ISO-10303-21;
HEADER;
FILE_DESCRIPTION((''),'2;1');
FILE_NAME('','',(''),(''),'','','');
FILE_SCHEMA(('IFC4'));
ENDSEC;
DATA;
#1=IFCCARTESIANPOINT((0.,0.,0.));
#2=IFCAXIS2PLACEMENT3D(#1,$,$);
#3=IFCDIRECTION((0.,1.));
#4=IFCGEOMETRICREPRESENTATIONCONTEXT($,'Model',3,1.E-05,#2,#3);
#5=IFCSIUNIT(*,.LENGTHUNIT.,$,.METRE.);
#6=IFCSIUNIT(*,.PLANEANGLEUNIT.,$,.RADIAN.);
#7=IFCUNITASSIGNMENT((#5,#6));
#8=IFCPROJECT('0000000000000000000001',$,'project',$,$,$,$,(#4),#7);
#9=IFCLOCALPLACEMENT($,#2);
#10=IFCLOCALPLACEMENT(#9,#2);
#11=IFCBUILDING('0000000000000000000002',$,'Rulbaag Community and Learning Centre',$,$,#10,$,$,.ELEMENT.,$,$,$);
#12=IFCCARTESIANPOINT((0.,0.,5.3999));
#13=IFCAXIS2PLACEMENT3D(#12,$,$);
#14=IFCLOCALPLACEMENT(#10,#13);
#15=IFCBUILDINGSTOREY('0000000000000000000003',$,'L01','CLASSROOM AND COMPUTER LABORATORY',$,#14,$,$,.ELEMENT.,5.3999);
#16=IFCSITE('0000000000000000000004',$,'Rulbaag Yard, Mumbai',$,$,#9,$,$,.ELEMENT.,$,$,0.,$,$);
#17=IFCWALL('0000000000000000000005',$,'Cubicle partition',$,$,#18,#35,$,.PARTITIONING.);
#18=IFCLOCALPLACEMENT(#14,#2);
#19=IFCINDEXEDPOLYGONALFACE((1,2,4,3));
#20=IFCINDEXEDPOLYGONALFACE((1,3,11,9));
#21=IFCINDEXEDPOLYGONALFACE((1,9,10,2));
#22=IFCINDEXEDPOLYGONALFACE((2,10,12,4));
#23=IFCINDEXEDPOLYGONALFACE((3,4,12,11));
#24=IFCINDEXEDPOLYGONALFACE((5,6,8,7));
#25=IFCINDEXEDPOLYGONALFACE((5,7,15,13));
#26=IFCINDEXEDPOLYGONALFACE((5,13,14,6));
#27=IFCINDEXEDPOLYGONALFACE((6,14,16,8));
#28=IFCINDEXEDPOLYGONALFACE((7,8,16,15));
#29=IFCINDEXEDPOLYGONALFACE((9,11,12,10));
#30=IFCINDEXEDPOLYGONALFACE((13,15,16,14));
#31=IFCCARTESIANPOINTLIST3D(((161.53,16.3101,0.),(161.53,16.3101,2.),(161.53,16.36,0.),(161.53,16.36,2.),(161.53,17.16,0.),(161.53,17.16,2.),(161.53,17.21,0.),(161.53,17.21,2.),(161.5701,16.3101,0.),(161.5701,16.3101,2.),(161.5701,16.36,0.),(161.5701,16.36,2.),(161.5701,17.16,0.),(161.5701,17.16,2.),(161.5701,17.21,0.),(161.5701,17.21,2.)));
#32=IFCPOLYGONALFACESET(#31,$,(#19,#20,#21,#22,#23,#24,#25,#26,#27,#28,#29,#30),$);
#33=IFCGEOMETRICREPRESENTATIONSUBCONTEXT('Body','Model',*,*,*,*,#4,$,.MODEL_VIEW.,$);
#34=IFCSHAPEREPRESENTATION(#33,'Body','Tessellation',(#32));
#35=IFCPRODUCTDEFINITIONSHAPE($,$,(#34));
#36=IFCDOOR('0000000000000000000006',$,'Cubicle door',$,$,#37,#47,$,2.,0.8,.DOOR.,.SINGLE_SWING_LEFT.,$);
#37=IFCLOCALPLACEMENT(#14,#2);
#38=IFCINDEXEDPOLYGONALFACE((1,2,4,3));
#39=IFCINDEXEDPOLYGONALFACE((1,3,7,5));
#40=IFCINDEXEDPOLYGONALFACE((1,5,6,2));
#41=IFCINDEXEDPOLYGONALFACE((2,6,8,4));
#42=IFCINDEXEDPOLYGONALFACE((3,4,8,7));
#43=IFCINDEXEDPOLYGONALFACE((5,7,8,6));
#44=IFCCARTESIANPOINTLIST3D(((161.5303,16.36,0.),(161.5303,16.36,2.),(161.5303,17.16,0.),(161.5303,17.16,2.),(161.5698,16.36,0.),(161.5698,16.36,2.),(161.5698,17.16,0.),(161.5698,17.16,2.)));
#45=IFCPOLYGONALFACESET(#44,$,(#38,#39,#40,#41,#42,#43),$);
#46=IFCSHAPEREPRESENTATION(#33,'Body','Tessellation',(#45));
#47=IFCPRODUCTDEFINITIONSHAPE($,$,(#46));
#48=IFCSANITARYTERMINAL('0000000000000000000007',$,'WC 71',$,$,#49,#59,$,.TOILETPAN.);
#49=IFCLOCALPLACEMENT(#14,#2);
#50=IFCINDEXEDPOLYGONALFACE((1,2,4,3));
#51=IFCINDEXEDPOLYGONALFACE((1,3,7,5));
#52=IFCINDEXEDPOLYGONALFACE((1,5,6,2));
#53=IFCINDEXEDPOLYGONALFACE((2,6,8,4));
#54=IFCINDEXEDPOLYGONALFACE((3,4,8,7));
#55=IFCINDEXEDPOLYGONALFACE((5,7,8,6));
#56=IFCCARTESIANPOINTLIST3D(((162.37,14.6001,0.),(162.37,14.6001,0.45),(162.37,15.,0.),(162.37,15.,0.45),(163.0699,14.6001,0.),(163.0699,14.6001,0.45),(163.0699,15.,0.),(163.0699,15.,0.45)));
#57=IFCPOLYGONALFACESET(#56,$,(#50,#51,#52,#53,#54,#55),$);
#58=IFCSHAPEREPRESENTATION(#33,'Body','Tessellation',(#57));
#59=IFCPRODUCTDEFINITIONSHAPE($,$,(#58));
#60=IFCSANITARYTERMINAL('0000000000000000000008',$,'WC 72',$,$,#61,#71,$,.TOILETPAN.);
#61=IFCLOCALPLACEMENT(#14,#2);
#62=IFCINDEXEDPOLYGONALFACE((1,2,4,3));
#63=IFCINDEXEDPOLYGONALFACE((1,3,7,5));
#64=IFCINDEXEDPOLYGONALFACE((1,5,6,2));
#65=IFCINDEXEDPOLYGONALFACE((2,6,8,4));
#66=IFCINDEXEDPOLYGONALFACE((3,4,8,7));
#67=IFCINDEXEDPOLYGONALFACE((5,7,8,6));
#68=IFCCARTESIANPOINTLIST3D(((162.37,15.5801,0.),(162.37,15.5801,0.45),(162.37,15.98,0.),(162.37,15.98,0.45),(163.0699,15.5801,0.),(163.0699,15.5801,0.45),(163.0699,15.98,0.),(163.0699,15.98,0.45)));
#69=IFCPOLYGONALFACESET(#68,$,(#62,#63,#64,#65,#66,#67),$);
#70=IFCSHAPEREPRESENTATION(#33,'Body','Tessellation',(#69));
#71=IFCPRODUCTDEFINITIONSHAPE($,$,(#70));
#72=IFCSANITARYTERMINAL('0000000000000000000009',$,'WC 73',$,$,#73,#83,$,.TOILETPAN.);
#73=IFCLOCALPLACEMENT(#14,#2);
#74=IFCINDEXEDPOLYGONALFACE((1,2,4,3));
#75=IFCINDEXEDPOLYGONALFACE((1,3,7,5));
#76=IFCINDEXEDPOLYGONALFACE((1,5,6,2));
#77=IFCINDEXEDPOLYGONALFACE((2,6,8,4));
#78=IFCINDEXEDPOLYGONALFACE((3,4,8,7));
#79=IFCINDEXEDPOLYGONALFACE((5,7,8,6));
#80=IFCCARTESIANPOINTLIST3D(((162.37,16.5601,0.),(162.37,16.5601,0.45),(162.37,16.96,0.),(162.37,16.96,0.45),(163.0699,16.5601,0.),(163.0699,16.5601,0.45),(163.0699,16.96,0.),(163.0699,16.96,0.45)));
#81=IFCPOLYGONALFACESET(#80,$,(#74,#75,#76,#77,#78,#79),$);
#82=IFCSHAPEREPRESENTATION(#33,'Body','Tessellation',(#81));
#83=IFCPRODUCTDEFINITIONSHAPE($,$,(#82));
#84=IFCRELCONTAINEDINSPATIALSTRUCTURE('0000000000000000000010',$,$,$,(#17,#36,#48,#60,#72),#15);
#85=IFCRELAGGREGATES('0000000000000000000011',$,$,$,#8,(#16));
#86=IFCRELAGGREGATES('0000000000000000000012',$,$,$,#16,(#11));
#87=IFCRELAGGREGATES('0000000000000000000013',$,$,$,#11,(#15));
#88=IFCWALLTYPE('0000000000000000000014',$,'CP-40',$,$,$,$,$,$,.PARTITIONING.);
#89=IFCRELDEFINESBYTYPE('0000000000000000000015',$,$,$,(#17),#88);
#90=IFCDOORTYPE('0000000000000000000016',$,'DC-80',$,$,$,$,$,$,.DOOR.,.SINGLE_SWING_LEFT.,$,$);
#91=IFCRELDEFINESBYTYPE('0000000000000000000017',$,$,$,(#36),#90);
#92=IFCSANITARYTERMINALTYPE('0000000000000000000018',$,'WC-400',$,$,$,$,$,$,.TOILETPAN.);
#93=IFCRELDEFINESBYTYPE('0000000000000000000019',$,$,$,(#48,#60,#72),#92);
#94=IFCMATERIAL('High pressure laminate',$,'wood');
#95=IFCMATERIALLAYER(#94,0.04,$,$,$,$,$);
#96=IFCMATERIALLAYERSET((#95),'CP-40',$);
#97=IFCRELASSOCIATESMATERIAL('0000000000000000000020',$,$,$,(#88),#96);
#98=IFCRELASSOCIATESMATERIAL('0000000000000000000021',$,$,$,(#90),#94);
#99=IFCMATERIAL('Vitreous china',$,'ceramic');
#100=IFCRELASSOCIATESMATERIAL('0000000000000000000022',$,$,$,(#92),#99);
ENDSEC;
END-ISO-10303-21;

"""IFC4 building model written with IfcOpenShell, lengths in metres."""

from ifc_helpers import new_model, si_unit, direction, frame, frame_2d, origin, origin_2d, place, context, subcontext, project, spatial, rectangle, extrude, material, layer, layer_set, type_object, element, fill, save


model = new_model("IFC4")

# Units and contexts
model_context = context("Model", 3, precision=1e-05, world=origin(), true_north=direction((0.0, 1.0)))
body_context = subcontext(model_context, "Body", "Model", "MODEL_VIEW")
ifc_project = project(units=[si_unit("LENGTHUNIT", "METRE"), si_unit("PLANEANGLEUNIT", "RADIAN")], contexts=[model_context])

# Site, building, storey
site_placement = place(None, origin())
site = spatial("IfcSite", under=ifc_project, at=site_placement, Name="Rulbaag Yard, Mumbai", CompositionType="ELEMENT", RefElevation=0.0)
building_placement = place(site_placement, origin())
building = spatial("IfcBuilding", under=site, at=building_placement, Name="Rulbaag Community and Learning Centre", CompositionType="ELEMENT")
storey_placement = place(building_placement, frame((0.0, 0.0, 5.3999)))
storey = spatial("IfcBuildingStorey", under=building, at=storey_placement, Name="L01", Description="CLASSROOM AND COMPUTER LABORATORY", CompositionType="ELEMENT", Elevation=5.3999)

# Shared definitions
ifc_material_1 = material(Name="High pressure laminate", Category="wood")
ifc_layer = layer(ifc_material_1, 0.04)
ifc_layer_set = layer_set([ifc_layer], Name="CP-40")
wall_type = type_object("IfcWallType", Name="CP-40", PredefinedType="PARTITIONING", material=ifc_layer_set)
door_type = type_object("IfcDoorType", Name="DC-80", OperationType="SINGLE_SWING_LEFT", PredefinedType="DOOR", material=ifc_material_1)

# Wall, opening, door
wall_1_placement = place(storey_placement, frame((161.55, 16.3101, 0.0), z_axis=(0.0, 0.0, 1.0), x_axis=(0.0, 1.0, 0.0)))
wall_1 = element("IfcWall", 1, at=wall_1_placement, inside=storey, type_object=wall_type, Name="Cubicle partition", PredefinedType="PARTITIONING", context=body_context, shape_type="SweptSolid", body=[
    extrude(rectangle(XDim=0.8999, YDim=0.04, at=frame_2d((0.45, 0.0))), origin(), (0.0, 0.0, 1.0), 2.0),
])
opening_1_placement = place(wall_1_placement, frame((0.05, 0.0, 0.0)))
opening_1 = element("IfcOpeningElement", 2, at=opening_1_placement, cuts=wall_1, PredefinedType="OPENING", context=body_context, shape_type="SweptSolid", body=[
    extrude(rectangle(XDim=0.8, YDim=2.0, at=frame_2d((0.3999, 1.0))), frame((0.0, 0.03, 0.0), z_axis=(0.0, -1.0, 0.0), x_axis=(1.0, 0.0, 0.0)), (0.0, 0.0, 1.0), 0.0601),
])
door_1_placement = place(opening_1_placement, origin())
door_1 = element("IfcDoor", 3, at=door_1_placement, inside=storey, type_object=door_type, Name="Cubicle door", OperationType="SINGLE_SWING_LEFT", OverallHeight=2.0, OverallWidth=0.8, PredefinedType="DOOR", context=body_context, shape_type="SweptSolid", body=[
    extrude(rectangle(XDim=0.8, YDim=2.0, at=frame_2d((0.3999, 1.0))), frame((0.0, 0.0198, 0.0), z_axis=(0.0, -1.0, 0.0), x_axis=(1.0, 0.0, 0.0)), (0.0, 0.0, 1.0), 0.0396),
])
fill(opening_1, door_1)

# Sanitary terminals
ifc_material_2 = material(Name="Vitreous china", Category="ceramic")
sanitary_terminal_type = type_object("IfcSanitaryTerminalType", Name="WC-400", PredefinedType="TOILETPAN", material=ifc_material_2)
for number, where, z_axis, x_axis, name in (
    (4, (162.72, 14.8, 0.0), (0.0, 0.0, 1.0), (1.0, 0.0, 0.0), "WC 71"),
    (5, (162.72, 15.78, 0.0), (0.0, 0.0, 1.0), (1.0, 0.0, 0.0), "WC 72"),
    (6, (162.72, 16.76, 0.0), (0.0, 0.0, 1.0), (1.0, 0.0, 0.0), "WC 73"),
):
    element("IfcSanitaryTerminal", number, at=place(storey_placement, frame(where, z_axis=z_axis, x_axis=x_axis)), inside=storey, type_object=sanitary_terminal_type, Name=name, PredefinedType="TOILETPAN", context=body_context, shape_type="SweptSolid", body=[
        extrude(rectangle(XDim=0.7, YDim=0.3999, at=origin_2d()), origin(), (0.0, 0.0, 1.0), 0.45),
    ])

save(model, "model.ifc")
